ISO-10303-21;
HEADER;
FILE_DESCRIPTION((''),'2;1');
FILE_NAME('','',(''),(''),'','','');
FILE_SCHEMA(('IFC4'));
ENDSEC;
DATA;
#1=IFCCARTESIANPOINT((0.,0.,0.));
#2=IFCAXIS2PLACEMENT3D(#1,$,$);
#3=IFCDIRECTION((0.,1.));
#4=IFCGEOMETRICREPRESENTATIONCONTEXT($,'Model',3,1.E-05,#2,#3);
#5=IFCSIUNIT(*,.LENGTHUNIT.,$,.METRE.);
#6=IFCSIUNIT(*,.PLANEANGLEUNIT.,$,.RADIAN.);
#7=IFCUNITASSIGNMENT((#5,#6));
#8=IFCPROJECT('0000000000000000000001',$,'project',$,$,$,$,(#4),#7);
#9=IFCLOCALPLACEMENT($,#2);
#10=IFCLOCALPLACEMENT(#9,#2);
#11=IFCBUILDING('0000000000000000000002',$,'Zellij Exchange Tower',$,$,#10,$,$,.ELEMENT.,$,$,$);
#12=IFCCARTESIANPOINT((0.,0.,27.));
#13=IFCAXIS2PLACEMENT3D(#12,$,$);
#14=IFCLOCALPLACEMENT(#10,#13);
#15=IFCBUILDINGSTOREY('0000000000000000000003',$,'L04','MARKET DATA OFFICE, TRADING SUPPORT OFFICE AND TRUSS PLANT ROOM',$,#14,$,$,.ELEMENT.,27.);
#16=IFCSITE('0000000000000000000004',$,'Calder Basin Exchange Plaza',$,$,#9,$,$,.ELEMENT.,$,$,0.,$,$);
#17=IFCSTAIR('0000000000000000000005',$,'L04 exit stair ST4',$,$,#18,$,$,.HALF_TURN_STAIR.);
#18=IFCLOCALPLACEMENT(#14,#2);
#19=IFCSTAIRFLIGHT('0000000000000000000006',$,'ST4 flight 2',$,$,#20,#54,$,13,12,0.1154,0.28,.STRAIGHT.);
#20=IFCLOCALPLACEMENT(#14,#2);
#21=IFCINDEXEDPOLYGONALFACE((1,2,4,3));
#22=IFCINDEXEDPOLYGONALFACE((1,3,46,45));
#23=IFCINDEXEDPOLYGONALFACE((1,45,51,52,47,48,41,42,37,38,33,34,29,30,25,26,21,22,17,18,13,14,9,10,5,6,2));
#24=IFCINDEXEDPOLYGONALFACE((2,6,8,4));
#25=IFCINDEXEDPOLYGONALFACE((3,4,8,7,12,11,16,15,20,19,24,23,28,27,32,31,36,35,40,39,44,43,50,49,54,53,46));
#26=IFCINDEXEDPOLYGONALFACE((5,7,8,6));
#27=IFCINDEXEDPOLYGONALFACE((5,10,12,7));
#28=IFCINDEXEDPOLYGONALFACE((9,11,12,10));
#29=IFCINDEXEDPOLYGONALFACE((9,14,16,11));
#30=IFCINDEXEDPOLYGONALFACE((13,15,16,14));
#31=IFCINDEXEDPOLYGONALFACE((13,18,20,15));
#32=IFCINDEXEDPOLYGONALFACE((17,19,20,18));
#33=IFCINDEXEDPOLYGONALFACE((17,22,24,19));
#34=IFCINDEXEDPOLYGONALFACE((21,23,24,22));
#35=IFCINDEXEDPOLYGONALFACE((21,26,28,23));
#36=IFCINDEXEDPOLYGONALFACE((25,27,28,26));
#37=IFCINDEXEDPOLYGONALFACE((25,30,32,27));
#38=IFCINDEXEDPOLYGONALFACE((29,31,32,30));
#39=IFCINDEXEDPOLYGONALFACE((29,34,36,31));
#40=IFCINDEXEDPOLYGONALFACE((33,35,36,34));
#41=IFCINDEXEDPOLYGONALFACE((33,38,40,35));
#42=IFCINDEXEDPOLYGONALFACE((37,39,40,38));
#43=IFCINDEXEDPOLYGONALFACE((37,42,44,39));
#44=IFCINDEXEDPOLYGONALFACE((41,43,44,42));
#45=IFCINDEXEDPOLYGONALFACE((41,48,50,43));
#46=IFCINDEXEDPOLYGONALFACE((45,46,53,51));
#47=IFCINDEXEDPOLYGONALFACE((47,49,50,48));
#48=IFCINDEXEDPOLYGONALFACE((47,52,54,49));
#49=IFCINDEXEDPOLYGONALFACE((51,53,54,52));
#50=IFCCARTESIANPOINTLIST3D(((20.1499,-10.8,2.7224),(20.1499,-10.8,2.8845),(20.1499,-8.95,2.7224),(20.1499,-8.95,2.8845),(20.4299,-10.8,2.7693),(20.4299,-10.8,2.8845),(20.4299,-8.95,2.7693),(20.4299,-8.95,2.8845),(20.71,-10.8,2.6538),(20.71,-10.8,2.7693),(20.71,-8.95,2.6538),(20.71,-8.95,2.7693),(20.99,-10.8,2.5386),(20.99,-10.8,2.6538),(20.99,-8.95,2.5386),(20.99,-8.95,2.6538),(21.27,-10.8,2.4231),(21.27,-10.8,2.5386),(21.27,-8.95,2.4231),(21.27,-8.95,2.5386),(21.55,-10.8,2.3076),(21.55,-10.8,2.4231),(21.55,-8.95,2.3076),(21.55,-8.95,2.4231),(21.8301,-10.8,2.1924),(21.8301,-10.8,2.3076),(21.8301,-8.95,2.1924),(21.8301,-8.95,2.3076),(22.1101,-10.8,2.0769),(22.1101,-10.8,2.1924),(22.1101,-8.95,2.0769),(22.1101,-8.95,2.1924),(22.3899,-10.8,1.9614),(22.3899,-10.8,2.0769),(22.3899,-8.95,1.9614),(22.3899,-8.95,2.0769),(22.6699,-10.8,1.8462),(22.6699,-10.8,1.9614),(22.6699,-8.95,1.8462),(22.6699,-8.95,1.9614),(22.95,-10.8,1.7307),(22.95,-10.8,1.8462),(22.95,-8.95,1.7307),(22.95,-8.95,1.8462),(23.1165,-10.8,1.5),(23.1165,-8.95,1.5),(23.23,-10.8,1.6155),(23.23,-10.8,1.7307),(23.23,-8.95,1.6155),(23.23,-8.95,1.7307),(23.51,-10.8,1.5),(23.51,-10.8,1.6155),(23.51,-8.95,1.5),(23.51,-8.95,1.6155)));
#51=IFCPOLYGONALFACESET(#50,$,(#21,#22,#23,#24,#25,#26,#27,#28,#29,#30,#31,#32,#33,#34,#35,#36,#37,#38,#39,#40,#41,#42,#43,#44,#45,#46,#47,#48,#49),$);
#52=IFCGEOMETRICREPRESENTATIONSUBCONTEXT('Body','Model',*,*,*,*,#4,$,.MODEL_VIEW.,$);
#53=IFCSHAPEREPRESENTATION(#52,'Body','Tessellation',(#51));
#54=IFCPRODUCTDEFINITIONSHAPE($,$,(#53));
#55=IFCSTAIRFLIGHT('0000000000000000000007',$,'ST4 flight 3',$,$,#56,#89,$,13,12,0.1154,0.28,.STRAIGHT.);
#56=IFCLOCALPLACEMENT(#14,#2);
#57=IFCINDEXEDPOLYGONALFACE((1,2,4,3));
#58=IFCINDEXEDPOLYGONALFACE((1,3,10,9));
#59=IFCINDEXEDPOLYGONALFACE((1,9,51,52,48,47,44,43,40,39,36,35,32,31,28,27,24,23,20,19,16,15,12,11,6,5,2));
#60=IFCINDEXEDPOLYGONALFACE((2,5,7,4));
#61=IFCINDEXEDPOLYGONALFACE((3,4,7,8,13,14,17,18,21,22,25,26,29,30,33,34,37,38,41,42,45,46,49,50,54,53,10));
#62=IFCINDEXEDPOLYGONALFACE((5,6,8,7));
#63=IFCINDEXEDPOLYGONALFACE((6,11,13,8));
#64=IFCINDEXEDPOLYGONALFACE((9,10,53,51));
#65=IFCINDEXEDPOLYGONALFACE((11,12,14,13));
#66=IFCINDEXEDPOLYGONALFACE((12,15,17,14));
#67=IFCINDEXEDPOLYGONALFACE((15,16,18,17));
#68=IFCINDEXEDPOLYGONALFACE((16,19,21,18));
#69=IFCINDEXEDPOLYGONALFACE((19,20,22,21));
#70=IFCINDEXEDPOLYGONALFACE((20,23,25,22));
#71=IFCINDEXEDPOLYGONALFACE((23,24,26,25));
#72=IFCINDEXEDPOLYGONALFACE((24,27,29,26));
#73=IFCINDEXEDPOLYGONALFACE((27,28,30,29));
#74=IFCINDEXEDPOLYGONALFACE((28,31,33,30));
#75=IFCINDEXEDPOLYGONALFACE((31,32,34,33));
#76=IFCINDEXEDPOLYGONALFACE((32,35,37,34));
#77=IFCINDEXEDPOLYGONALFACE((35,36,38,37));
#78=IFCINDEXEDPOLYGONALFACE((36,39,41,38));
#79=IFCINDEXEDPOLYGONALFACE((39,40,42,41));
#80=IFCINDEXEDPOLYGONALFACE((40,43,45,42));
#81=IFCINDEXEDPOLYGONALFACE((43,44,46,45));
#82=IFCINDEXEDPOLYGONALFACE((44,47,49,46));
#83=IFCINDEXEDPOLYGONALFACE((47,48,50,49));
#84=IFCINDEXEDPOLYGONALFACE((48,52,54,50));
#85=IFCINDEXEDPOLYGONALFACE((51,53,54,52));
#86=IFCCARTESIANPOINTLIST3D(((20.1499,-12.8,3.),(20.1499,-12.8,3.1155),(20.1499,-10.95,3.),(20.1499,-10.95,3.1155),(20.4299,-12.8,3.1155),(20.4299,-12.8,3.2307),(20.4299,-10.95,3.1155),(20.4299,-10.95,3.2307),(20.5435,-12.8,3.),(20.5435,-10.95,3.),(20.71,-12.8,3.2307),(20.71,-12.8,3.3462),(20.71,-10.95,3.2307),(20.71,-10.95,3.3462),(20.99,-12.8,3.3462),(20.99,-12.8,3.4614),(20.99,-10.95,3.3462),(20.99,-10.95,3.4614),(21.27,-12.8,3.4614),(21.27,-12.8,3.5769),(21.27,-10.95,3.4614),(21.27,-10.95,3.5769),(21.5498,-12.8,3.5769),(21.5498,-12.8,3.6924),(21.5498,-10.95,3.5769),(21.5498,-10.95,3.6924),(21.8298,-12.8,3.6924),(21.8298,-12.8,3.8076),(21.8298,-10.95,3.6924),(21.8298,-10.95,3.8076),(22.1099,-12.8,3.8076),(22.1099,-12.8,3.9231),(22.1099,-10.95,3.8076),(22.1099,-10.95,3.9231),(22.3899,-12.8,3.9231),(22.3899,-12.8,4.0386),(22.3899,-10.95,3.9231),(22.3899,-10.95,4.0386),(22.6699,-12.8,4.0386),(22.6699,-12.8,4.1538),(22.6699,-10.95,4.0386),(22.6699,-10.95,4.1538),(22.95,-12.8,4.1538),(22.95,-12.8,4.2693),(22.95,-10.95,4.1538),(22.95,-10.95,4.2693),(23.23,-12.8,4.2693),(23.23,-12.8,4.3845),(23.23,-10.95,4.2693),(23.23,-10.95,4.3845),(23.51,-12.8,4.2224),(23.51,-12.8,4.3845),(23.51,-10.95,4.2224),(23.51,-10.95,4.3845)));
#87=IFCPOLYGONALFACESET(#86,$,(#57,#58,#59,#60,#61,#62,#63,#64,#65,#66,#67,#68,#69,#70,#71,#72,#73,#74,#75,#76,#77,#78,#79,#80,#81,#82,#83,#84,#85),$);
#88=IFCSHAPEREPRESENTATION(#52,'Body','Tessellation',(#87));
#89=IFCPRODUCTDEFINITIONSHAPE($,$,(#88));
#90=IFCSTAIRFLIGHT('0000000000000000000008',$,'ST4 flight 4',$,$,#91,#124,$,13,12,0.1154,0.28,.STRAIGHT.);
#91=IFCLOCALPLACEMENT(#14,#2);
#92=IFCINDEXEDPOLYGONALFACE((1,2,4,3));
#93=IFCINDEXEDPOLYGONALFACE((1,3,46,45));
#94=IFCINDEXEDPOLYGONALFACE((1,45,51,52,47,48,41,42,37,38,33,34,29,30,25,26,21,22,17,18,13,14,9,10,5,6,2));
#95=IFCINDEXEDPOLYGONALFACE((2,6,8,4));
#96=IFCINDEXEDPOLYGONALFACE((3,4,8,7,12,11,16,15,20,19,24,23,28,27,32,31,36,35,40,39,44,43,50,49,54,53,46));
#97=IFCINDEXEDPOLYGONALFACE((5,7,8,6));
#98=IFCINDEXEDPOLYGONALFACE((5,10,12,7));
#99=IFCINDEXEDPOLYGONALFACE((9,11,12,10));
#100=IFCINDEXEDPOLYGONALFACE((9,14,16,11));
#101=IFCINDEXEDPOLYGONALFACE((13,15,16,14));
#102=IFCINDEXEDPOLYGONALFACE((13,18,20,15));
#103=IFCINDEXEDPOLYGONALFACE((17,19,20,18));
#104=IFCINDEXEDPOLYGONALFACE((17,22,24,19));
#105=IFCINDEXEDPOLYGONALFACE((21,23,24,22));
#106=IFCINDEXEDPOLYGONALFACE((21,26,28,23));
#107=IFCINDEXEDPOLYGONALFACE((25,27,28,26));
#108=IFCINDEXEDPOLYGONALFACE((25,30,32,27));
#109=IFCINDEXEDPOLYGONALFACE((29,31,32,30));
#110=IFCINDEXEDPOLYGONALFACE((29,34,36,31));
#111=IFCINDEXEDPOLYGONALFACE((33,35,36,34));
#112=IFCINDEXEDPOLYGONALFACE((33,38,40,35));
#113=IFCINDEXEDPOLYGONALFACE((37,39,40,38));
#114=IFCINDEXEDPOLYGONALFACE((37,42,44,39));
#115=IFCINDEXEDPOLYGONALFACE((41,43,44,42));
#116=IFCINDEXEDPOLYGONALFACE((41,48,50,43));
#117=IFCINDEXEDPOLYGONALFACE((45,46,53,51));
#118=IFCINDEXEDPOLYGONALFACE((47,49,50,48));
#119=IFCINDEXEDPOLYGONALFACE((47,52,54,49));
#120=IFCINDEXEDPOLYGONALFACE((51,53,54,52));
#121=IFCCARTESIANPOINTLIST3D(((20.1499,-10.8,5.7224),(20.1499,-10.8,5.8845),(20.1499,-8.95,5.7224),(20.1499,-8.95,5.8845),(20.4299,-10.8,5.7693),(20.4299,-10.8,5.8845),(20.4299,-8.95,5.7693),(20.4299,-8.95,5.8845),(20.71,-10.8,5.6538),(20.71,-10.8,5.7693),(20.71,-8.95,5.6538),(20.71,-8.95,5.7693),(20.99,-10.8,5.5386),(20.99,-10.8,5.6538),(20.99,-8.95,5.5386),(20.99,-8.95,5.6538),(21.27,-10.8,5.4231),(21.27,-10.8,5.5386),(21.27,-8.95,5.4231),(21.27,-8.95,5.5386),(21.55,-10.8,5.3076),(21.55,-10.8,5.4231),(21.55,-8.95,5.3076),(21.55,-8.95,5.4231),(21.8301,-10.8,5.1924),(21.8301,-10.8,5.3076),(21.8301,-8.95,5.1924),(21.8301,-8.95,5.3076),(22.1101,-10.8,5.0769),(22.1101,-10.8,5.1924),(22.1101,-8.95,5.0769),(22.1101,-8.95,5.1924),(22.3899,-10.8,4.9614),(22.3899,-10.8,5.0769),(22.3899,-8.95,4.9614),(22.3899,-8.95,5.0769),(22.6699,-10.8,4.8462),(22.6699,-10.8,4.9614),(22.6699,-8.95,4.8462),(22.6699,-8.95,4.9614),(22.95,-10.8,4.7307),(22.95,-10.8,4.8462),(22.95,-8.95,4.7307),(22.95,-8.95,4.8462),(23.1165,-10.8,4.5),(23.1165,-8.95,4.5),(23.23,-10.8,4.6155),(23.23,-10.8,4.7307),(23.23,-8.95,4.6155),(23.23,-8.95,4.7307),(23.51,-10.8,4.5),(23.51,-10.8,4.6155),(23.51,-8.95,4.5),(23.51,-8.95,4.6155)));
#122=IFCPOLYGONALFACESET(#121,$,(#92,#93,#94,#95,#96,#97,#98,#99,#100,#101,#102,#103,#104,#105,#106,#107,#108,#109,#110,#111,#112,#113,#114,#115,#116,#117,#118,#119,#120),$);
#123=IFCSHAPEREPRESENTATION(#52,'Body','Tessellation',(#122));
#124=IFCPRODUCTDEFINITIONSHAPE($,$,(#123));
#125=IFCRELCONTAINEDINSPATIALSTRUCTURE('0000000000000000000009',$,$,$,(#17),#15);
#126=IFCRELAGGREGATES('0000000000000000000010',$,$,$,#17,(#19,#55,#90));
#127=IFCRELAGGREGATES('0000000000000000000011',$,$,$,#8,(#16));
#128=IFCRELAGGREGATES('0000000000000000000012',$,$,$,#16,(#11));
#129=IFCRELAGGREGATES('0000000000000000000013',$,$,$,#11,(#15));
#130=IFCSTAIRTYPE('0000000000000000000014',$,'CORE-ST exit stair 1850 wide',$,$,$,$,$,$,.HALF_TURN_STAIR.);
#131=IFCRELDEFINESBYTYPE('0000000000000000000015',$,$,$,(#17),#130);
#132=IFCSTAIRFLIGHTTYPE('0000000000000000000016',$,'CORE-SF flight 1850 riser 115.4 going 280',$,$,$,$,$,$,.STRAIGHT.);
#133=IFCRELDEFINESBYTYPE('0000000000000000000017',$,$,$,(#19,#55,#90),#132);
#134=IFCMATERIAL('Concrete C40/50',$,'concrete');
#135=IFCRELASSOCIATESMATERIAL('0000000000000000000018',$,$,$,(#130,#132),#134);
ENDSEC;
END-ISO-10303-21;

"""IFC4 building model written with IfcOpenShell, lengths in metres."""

from ifc_helpers import new_model, si_unit, direction, frame, origin, place, context, subcontext, project, spatial, polyline, outline, extrude, material, type_object, element, aggregate, save


model = new_model("IFC4")

# Units and contexts
model_context = context("Model", 3, precision=1e-05, world=origin(), true_north=direction((0.0, 1.0)))
body_context = subcontext(model_context, "Body", "Model", "MODEL_VIEW")
ifc_project = project(units=[si_unit("LENGTHUNIT", "METRE"), si_unit("PLANEANGLEUNIT", "RADIAN")], contexts=[model_context])

# Site, building, storey
site_placement = place(None, origin())
site = spatial("IfcSite", under=ifc_project, at=site_placement, Name="Calder Basin Exchange Plaza", CompositionType="ELEMENT", RefElevation=0.0)
building_placement = place(site_placement, origin())
building = spatial("IfcBuilding", under=site, at=building_placement, Name="Zellij Exchange Tower", CompositionType="ELEMENT")
storey_placement = place(building_placement, frame((0.0, 0.0, 27.0)))
storey = spatial("IfcBuildingStorey", under=building, at=storey_placement, Name="L04", Description="MARKET DATA OFFICE, TRADING SUPPORT OFFICE AND TRUSS PLANT ROOM", CompositionType="ELEMENT", Elevation=27.0)

# Stair, stair flights
ifc_material_1 = material(Name="Concrete C40/50", Category="concrete")
stair_type = type_object("IfcStairType", Name="CORE-ST exit stair 1850 wide", PredefinedType="HALF_TURN_STAIR", material=ifc_material_1)
stair_placement = place(storey_placement, origin())
stair = element("IfcStair", 1, at=stair_placement, inside=storey, type_object=stair_type, Name="L04 exit stair ST4", PredefinedType="HALF_TURN_STAIR")
stair_flight_type = type_object("IfcStairFlightType", Name="CORE-SF flight 1850 riser 115.4 going 280", PredefinedType="STRAIGHT", material=ifc_material_1)
stair_flight_1_placement = place(storey_placement, frame((23.51, -9.875, 1.5), z_axis=(0.0, 0.0, 1.0), x_axis=(-1.0, 0.0, 0.0)))
stair_flight_1 = element("IfcStairFlight", 2, at=stair_flight_1_placement, type_object=stair_flight_type, Name="ST4 flight 2", NumberOfRisers=13, NumberOfTreads=12, PredefinedType="STRAIGHT", RiserHeight=0.1154, TreadLength=0.28, context=body_context, shape_type="SweptSolid", body=[
    extrude(outline(polyline([(0.0, 0.0), (0.0, 0.1155), (0.28, 0.1155), (0.28, 0.2307), (0.5601, 0.2307), (0.5601, 0.3462), (0.8401, 0.3462), (0.8401, 0.4614), (1.1201, 0.4614), (1.1201, 0.5769), (1.3999, 0.5769), (1.3999, 0.6924), (1.6799, 0.6924), (1.6799, 0.8076), (1.96, 0.8076), (1.96, 0.9231), (2.24, 0.9231), (2.24, 1.0386), (2.52, 1.0386), (2.52, 1.1538), (2.8, 1.1538), (2.8, 1.2693), (3.0801, 1.2693), (3.0801, 1.3845), (3.3601, 1.3845), (3.3601, 1.5), (3.3601, 1.2224), (0.3936, 0.0), (0.0, 0.0)])), frame((0.0, 0.925, 0.0), z_axis=(0.0, -1.0, 0.0), x_axis=(1.0, 0.0, 0.0)), (0.0, 0.0, 1.0), 1.8501),
])
stair_flight_2_placement = place(storey_placement, frame((20.1499, -11.875, 3.0), z_axis=(0.0, 0.0, 1.0), x_axis=(1.0, 0.0, 0.0)))
stair_flight_2 = element("IfcStairFlight", 3, at=stair_flight_2_placement, type_object=stair_flight_type, Name="ST4 flight 3", NumberOfRisers=13, NumberOfTreads=12, PredefinedType="STRAIGHT", RiserHeight=0.1154, TreadLength=0.28, context=body_context, shape_type="SweptSolid", body=[
    extrude(outline(polyline([(0.0, 0.0), (0.0, 0.1155), (0.28, 0.1155), (0.28, 0.2307), (0.5601, 0.2307), (0.5601, 0.3462), (0.8401, 0.3462), (0.8401, 0.4614), (1.1201, 0.4614), (1.1201, 0.5769), (1.3999, 0.5769), (1.3999, 0.6924), (1.6799, 0.6924), (1.6799, 0.8076), (1.96, 0.8076), (1.96, 0.9231), (2.24, 0.9231), (2.24, 1.0386), (2.52, 1.0386), (2.52, 1.1538), (2.8, 1.1538), (2.8, 1.2693), (3.0801, 1.2693), (3.0801, 1.3845), (3.3601, 1.3845), (3.3601, 1.5), (3.3601, 1.2224), (0.3936, 0.0), (0.0, 0.0)])), frame((0.0, 0.925, 0.0), z_axis=(0.0, -1.0, 0.0), x_axis=(1.0, 0.0, 0.0)), (0.0, 0.0, 1.0), 1.8501),
])
stair_flight_3_placement = place(storey_placement, frame((23.51, -9.875, 4.5), z_axis=(0.0, 0.0, 1.0), x_axis=(-1.0, 0.0, 0.0)))
stair_flight_3 = element("IfcStairFlight", 4, at=stair_flight_3_placement, type_object=stair_flight_type, Name="ST4 flight 4", NumberOfRisers=13, NumberOfTreads=12, PredefinedType="STRAIGHT", RiserHeight=0.1154, TreadLength=0.28, context=body_context, shape_type="SweptSolid", body=[
    extrude(outline(polyline([(0.0, 0.0), (0.0, 0.1155), (0.28, 0.1155), (0.28, 0.2307), (0.5601, 0.2307), (0.5601, 0.3462), (0.8401, 0.3462), (0.8401, 0.4614), (1.1201, 0.4614), (1.1201, 0.5769), (1.3999, 0.5769), (1.3999, 0.6924), (1.6799, 0.6924), (1.6799, 0.8076), (1.96, 0.8076), (1.96, 0.9231), (2.24, 0.9231), (2.24, 1.0386), (2.52, 1.0386), (2.52, 1.1538), (2.8, 1.1538), (2.8, 1.2693), (3.0801, 1.2693), (3.0801, 1.3845), (3.3601, 1.3845), (3.3601, 1.5), (3.3601, 1.2224), (0.3936, 0.0), (0.0, 0.0)])), frame((0.0, 0.925, 0.0), z_axis=(0.0, -1.0, 0.0), x_axis=(1.0, 0.0, 0.0)), (0.0, 0.0, 1.0), 1.8501),
])
aggregate(stair, [stair_flight_1, stair_flight_2, stair_flight_3])

save(model, "model.ifc")
